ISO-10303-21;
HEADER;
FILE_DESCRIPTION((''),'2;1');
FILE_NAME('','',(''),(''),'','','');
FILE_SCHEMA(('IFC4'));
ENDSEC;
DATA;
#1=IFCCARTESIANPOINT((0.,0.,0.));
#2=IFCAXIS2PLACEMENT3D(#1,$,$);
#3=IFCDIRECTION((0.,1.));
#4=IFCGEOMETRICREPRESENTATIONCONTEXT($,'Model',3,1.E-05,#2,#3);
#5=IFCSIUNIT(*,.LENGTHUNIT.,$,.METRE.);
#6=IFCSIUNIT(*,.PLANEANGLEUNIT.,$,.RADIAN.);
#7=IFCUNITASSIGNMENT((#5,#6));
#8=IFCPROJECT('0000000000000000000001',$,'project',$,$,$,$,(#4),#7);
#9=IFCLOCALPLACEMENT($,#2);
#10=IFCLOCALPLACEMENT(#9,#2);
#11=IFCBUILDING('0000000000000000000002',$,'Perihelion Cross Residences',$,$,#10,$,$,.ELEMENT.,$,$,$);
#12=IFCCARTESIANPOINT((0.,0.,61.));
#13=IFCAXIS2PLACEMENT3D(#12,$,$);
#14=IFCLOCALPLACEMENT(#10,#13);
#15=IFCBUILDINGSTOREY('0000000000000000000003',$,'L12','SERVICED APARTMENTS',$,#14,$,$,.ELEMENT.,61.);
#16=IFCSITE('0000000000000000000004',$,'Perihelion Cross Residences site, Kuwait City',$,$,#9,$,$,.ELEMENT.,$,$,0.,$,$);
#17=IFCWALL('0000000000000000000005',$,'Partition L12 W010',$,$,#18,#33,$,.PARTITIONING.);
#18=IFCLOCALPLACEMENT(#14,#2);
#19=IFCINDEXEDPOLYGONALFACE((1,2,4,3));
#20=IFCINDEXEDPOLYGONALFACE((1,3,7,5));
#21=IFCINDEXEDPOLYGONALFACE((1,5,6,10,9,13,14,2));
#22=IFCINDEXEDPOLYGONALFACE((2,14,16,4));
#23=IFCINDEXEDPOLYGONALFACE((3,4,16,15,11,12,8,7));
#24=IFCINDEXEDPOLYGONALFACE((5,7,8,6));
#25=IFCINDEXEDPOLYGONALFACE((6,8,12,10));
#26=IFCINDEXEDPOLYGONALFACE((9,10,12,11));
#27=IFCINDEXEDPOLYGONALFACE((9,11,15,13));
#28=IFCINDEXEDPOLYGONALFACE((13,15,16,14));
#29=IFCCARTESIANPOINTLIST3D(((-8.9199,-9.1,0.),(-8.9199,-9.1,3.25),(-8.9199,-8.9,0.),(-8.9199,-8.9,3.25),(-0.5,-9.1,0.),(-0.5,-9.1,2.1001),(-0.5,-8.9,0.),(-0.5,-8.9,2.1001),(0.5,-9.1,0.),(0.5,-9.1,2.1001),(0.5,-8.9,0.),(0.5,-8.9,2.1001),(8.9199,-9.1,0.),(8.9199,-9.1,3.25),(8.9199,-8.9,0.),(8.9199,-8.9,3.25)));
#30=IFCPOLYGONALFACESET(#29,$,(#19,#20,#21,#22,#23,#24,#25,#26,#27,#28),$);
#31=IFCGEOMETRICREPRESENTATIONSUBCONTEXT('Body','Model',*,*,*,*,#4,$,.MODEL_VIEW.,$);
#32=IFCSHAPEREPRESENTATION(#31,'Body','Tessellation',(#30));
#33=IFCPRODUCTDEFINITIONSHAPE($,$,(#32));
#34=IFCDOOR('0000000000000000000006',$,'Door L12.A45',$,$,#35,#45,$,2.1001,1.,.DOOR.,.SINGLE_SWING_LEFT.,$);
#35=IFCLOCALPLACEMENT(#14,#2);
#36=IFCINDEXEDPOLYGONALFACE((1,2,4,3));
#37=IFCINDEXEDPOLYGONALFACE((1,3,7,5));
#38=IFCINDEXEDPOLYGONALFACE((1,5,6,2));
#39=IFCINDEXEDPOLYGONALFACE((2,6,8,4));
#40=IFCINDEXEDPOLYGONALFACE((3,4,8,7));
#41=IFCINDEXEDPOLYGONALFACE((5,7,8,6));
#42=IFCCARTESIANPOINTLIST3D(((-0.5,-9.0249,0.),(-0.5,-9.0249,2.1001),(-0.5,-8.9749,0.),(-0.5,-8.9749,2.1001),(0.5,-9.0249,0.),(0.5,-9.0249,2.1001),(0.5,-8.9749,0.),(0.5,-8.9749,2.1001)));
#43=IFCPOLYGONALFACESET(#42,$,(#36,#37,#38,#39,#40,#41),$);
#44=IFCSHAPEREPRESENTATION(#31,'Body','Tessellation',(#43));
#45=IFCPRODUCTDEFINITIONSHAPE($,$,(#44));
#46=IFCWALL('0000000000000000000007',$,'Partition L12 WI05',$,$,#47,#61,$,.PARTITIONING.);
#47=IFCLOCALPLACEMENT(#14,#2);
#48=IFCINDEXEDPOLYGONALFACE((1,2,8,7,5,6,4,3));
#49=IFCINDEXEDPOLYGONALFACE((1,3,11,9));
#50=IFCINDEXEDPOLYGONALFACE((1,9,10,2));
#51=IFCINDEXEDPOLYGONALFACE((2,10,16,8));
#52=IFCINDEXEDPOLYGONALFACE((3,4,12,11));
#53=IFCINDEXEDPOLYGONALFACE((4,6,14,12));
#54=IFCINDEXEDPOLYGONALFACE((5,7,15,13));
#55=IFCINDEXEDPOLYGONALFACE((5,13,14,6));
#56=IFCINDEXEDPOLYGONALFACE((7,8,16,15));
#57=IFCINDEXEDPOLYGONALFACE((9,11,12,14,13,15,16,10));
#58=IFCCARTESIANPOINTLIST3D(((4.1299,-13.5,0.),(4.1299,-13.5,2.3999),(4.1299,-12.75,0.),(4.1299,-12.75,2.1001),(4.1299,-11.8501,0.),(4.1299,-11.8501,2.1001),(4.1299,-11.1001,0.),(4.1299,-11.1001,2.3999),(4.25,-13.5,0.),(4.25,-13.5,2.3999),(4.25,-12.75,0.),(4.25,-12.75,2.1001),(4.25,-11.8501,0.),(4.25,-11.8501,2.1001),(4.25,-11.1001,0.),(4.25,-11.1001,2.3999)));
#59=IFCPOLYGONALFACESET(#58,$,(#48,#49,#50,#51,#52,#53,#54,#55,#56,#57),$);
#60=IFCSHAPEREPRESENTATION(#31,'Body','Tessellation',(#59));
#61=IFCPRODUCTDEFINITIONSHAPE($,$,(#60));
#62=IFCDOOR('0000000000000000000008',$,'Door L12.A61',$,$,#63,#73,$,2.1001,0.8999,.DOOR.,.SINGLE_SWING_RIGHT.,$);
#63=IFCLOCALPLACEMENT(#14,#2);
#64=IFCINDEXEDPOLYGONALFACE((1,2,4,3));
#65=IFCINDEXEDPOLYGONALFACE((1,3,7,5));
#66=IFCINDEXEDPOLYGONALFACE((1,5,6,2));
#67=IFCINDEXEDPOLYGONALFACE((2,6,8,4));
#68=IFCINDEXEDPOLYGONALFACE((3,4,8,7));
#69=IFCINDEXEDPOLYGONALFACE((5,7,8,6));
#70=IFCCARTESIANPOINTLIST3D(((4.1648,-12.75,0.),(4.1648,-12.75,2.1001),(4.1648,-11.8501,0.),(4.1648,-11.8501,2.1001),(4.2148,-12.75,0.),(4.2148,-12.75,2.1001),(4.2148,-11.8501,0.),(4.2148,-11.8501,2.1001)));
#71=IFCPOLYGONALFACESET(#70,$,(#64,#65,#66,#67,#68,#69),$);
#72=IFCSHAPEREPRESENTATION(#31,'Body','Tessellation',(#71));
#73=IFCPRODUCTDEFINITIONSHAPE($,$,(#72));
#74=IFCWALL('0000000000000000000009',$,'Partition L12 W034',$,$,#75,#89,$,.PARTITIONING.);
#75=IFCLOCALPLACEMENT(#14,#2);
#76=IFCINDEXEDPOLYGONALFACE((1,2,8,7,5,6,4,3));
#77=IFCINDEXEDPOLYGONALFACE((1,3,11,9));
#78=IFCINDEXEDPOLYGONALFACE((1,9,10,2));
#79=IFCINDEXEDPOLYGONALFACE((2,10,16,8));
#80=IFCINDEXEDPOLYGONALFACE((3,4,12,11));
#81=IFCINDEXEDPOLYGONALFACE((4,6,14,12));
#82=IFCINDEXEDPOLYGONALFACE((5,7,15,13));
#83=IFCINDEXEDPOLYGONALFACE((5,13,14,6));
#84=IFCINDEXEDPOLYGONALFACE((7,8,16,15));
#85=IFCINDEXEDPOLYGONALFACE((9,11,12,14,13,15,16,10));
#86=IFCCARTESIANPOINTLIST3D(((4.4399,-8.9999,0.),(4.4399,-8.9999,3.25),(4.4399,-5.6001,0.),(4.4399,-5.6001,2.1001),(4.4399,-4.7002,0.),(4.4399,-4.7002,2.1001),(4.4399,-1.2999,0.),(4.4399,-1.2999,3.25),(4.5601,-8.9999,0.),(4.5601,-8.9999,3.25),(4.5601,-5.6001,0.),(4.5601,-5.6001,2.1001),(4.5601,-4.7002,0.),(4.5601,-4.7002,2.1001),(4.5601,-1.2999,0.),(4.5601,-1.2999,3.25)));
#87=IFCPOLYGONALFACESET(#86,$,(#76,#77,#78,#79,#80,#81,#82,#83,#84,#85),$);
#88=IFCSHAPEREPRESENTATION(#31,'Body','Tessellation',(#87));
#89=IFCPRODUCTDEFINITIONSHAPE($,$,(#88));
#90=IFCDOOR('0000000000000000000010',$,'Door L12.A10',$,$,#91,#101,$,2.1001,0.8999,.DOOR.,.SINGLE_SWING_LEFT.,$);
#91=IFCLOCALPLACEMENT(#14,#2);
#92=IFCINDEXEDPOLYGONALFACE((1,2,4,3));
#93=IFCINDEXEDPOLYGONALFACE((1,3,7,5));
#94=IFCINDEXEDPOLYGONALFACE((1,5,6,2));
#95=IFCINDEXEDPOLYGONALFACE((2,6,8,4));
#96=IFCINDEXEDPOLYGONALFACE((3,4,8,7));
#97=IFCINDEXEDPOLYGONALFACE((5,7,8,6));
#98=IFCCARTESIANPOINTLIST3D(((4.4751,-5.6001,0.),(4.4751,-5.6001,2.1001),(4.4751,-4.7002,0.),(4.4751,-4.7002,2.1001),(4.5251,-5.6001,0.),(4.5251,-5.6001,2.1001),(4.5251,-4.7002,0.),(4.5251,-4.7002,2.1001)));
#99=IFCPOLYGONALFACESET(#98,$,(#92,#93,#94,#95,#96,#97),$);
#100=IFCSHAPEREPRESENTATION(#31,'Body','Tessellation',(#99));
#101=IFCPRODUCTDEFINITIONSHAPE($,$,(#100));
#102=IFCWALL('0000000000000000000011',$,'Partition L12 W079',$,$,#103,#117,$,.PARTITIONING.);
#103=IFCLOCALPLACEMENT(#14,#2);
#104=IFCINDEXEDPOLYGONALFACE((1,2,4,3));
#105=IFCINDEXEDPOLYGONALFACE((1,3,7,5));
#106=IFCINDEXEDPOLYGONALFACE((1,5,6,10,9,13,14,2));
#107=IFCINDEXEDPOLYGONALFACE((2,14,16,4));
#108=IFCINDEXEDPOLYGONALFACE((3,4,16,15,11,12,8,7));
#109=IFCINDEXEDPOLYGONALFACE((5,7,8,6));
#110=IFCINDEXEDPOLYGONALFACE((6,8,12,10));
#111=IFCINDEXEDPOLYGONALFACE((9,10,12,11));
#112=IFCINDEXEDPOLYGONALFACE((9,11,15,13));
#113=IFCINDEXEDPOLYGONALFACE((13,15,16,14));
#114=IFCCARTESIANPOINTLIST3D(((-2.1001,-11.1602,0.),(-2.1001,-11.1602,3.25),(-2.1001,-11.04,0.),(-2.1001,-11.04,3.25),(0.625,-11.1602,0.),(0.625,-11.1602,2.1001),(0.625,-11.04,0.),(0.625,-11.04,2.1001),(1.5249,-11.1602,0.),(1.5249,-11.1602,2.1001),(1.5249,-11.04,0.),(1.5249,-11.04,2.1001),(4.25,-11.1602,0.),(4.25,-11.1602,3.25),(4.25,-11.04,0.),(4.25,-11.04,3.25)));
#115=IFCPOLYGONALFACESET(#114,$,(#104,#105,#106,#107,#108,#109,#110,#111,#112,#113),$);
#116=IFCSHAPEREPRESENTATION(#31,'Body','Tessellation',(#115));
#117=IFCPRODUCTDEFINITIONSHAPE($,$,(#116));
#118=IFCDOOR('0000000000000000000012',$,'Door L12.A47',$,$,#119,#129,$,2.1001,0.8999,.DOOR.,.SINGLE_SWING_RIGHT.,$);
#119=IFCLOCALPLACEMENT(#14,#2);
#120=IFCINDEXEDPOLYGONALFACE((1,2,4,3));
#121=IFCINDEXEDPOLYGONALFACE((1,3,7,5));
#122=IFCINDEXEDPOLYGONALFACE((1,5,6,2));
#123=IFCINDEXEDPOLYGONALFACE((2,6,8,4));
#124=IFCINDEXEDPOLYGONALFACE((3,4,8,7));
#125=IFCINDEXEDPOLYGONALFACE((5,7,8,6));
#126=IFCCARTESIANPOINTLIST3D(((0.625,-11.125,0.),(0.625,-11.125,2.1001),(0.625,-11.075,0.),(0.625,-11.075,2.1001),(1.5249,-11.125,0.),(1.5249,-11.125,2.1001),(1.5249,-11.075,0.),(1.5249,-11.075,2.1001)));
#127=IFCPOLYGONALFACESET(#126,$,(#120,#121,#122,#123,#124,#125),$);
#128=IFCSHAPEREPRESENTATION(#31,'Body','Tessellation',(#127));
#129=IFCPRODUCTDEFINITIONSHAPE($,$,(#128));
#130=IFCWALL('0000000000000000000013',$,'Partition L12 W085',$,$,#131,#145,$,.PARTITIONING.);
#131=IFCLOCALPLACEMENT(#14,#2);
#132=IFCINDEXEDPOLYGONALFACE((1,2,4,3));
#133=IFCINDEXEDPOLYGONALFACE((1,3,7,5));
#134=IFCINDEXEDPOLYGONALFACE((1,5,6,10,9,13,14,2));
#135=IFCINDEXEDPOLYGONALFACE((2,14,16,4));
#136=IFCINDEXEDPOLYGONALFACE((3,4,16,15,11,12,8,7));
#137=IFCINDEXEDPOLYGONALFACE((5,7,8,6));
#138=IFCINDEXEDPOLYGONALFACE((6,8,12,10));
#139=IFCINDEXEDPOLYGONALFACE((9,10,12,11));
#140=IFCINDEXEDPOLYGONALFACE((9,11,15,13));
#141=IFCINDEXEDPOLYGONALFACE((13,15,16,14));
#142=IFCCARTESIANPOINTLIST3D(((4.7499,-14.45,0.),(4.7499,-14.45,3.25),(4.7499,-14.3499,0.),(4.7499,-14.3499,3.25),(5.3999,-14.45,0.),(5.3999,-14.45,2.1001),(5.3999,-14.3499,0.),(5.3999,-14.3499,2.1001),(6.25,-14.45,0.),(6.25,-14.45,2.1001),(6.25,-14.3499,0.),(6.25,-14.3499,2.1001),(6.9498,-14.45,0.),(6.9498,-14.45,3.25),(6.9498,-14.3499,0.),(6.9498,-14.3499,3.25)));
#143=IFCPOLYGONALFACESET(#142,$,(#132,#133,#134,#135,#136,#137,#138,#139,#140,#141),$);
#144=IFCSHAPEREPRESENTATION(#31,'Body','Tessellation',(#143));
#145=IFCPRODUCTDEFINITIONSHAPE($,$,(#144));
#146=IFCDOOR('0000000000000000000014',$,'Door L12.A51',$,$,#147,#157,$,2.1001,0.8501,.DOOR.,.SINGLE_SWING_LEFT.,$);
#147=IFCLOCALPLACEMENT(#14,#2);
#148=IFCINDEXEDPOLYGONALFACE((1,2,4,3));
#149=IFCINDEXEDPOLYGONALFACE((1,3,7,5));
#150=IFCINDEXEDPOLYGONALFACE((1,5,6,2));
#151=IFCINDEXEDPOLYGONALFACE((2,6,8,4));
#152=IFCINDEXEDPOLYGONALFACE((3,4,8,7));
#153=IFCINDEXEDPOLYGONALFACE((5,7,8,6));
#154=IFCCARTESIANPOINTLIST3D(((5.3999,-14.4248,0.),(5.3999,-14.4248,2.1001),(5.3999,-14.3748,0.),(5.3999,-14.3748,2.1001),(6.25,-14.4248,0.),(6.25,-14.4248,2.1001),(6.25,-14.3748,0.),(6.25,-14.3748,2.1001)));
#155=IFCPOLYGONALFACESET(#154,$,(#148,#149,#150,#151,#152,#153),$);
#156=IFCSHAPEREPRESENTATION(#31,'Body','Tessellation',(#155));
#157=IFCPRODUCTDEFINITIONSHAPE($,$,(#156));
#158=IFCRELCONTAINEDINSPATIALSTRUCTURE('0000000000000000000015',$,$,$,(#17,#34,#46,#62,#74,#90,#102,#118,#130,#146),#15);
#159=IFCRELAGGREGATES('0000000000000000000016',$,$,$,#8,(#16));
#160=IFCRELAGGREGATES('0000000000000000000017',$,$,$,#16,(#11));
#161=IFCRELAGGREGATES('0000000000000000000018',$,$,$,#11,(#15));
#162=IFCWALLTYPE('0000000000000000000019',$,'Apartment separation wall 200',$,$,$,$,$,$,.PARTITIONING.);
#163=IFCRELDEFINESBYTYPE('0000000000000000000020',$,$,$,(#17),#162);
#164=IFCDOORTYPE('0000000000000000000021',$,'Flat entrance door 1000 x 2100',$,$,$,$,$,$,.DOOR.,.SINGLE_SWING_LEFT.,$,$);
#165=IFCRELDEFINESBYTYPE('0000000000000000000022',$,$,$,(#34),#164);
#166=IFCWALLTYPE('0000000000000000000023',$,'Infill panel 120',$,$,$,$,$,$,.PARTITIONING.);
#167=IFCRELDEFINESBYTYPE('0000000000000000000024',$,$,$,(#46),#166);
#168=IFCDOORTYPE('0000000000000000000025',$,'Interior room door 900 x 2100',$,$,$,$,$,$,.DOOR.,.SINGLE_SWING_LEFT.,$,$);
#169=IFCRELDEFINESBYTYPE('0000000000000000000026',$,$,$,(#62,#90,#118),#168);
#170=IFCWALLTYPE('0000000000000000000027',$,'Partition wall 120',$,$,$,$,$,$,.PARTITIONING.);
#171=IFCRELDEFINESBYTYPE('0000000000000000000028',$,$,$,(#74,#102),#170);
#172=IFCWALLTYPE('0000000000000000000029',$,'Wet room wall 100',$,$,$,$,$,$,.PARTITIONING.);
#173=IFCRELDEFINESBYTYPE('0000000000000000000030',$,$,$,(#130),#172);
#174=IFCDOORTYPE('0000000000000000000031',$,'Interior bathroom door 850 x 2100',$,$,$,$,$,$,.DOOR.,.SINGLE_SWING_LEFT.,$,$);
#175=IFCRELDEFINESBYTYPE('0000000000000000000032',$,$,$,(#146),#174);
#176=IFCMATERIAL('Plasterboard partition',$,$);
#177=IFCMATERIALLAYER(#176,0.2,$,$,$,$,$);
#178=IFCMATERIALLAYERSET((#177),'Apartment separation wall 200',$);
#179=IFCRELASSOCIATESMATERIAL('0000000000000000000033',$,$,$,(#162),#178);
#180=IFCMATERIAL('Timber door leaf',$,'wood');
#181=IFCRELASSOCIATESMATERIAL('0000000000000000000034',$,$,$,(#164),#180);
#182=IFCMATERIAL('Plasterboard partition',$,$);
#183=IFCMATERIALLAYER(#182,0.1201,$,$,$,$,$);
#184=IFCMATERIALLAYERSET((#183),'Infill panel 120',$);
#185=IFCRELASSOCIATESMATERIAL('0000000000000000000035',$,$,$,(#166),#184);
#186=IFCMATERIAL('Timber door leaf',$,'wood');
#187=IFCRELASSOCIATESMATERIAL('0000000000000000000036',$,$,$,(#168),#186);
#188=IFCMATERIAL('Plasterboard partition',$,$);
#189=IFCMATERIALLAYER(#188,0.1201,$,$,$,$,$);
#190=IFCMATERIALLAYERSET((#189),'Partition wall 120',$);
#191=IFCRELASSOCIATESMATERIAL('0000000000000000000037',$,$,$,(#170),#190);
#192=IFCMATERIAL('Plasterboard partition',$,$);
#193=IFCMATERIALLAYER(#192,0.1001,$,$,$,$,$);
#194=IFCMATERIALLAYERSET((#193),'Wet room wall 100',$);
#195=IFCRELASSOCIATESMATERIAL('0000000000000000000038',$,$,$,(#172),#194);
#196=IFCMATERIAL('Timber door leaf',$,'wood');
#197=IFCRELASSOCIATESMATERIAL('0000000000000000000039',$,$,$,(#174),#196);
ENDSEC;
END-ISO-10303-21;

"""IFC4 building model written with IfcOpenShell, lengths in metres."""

from ifc_helpers import new_model, si_unit, direction, frame, frame_2d, origin, place, context, subcontext, project, spatial, rectangle, extrude, material, layer, layer_set, type_object, element, fill, save


model = new_model("IFC4")

# Units and contexts
model_context = context("Model", 3, precision=1e-05, world=origin(), true_north=direction((0.0, 1.0)))
body_context = subcontext(model_context, "Body", "Model", "MODEL_VIEW")
ifc_project = project(units=[si_unit("LENGTHUNIT", "METRE"), si_unit("PLANEANGLEUNIT", "RADIAN")], contexts=[model_context])

# Site, building, storey
site_placement = place(None, origin())
site = spatial("IfcSite", under=ifc_project, at=site_placement, Name="Perihelion Cross Residences site, Kuwait City", CompositionType="ELEMENT", RefElevation=0.0)
building_placement = place(site_placement, origin())
building = spatial("IfcBuilding", under=site, at=building_placement, Name="Perihelion Cross Residences", CompositionType="ELEMENT")
storey_placement = place(building_placement, frame((0.0, 0.0, 61.0)))
storey = spatial("IfcBuildingStorey", under=building, at=storey_placement, Name="L12", Description="SERVICED APARTMENTS", CompositionType="ELEMENT", Elevation=61.0)

# Shared definitions
ifc_material_1 = material(Name="Plasterboard partition")
ifc_layer_1 = layer(ifc_material_1, 0.2)
ifc_layer_set_1 = layer_set([ifc_layer_1], Name="Apartment separation wall 200")
wall_type_1 = type_object("IfcWallType", Name="Apartment separation wall 200", PredefinedType="PARTITIONING", material=ifc_layer_set_1)

# Walls, openings, doors
wall_1_placement = place(storey_placement, frame((8.9199, -9.0, 0.0), z_axis=(0.0, 0.0, 1.0), x_axis=(-1.0, 0.0, 0.0)))
wall_1 = element("IfcWall", 1, at=wall_1_placement, inside=storey, type_object=wall_type_1, Name="Partition L12 W010", PredefinedType="PARTITIONING", context=body_context, shape_type="SweptSolid", body=[
    extrude(rectangle(XDim=17.8398, YDim=0.2, at=frame_2d((8.9199, 0.0))), origin(), (0.0, 0.0, 1.0), 3.25),
])
opening_1_placement = place(wall_1_placement, frame((8.4199, 0.0, 0.0)))
opening_1 = element("IfcOpeningElement", 2, at=opening_1_placement, cuts=wall_1, PredefinedType="OPENING", context=body_context, shape_type="SweptSolid", body=[
    extrude(rectangle(XDim=1.0, YDim=2.1001, at=frame_2d((0.5, 1.05))), frame((0.0, 0.1099, 0.0), z_axis=(0.0, -1.0, 0.0), x_axis=(1.0, 0.0, 0.0)), (0.0, 0.0, 1.0), 0.22),
])
ifc_material_2 = material(Name="Timber door leaf", Category="wood")
door_type_1 = type_object("IfcDoorType", Name="Flat entrance door 1000 x 2100", OperationType="SINGLE_SWING_LEFT", PredefinedType="DOOR", material=ifc_material_2)
door_1_placement = place(opening_1_placement, origin())
door_1 = element("IfcDoor", 3, at=door_1_placement, inside=storey, type_object=door_type_1, Name="Door L12.A45", OperationType="SINGLE_SWING_LEFT", OverallHeight=2.1001, OverallWidth=1.0, PredefinedType="DOOR", context=body_context, shape_type="SweptSolid", body=[
    extrude(rectangle(XDim=1.0, YDim=2.1001, at=frame_2d((0.5, 1.05))), frame((0.0, 0.0249, 0.0), z_axis=(0.0, -1.0, 0.0), x_axis=(1.0, 0.0, 0.0)), (0.0, 0.0, 1.0), 0.05),
])
fill(opening_1, door_1)
ifc_material_3 = material(Name="Plasterboard partition")
ifc_layer_2 = layer(ifc_material_3, 0.1201)
ifc_layer_set_2 = layer_set([ifc_layer_2], Name="Infill panel 120")
wall_type_2 = type_object("IfcWallType", Name="Infill panel 120", PredefinedType="PARTITIONING", material=ifc_layer_set_2)
wall_2_placement = place(storey_placement, frame((4.1899, -11.1001, 0.0), z_axis=(0.0, 0.0, 1.0), x_axis=(0.0, -1.0, 0.0)))
wall_2 = element("IfcWall", 4, at=wall_2_placement, inside=storey, type_object=wall_type_2, Name="Partition L12 WI05", PredefinedType="PARTITIONING", context=body_context, shape_type="SweptSolid", body=[
    extrude(rectangle(XDim=2.3999, YDim=0.1201, at=frame_2d((1.2, 0.0))), origin(), (0.0, 0.0, 1.0), 2.3999),
])
opening_2_placement = place(wall_2_placement, frame((0.75, 0.0, 0.0)))
opening_2 = element("IfcOpeningElement", 5, at=opening_2_placement, cuts=wall_2, PredefinedType="OPENING", context=body_context, shape_type="SweptSolid", body=[
    extrude(rectangle(XDim=0.8999, YDim=2.1001, at=frame_2d((0.45, 1.05))), frame((0.0, 0.0701, 0.0), z_axis=(0.0, -1.0, 0.0), x_axis=(1.0, 0.0, 0.0)), (0.0, 0.0, 1.0), 0.1401),
])
ifc_material_4 = material(Name="Timber door leaf", Category="wood")
door_type_2 = type_object("IfcDoorType", Name="Interior room door 900 x 2100", OperationType="SINGLE_SWING_LEFT", PredefinedType="DOOR", material=ifc_material_4)
door_2_placement = place(opening_2_placement, origin())
door_2 = element("IfcDoor", 6, at=door_2_placement, inside=storey, type_object=door_type_2, Name="Door L12.A61", OperationType="SINGLE_SWING_RIGHT", OverallHeight=2.1001, OverallWidth=0.8999, PredefinedType="DOOR", context=body_context, shape_type="SweptSolid", body=[
    extrude(rectangle(XDim=0.8999, YDim=2.1001, at=frame_2d((0.45, 1.05))), frame((0.0, 0.0249, 0.0), z_axis=(0.0, -1.0, 0.0), x_axis=(1.0, 0.0, 0.0)), (0.0, 0.0, 1.0), 0.05),
])
fill(opening_2, door_2)
ifc_material_5 = material(Name="Plasterboard partition")
ifc_layer_3 = layer(ifc_material_5, 0.1201)
ifc_layer_set_3 = layer_set([ifc_layer_3], Name="Partition wall 120")
wall_type_3 = type_object("IfcWallType", Name="Partition wall 120", PredefinedType="PARTITIONING", material=ifc_layer_set_3)
wall_3_placement = place(storey_placement, frame((4.5, -9.0, 0.0), z_axis=(0.0, 0.0, 1.0), x_axis=(0.0, 1.0, 0.0)))
wall_3 = element("IfcWall", 7, at=wall_3_placement, inside=storey, type_object=wall_type_3, Name="Partition L12 W034", PredefinedType="PARTITIONING", context=body_context, shape_type="SweptSolid", body=[
    extrude(rectangle(XDim=7.7, YDim=0.1201, at=frame_2d((3.8501, 0.0))), origin(), (0.0, 0.0, 1.0), 3.25),
])
opening_3_placement = place(wall_3_placement, frame((3.3999, 0.0, 0.0)))
opening_3 = element("IfcOpeningElement", 8, at=opening_3_placement, cuts=wall_3, PredefinedType="OPENING", context=body_context, shape_type="SweptSolid", body=[
    extrude(rectangle(XDim=0.8999, YDim=2.1001, at=frame_2d((0.45, 1.05))), frame((0.0, 0.0701, 0.0), z_axis=(0.0, -1.0, 0.0), x_axis=(1.0, 0.0, 0.0)), (0.0, 0.0, 1.0), 0.1401),
])
door_3_placement = place(opening_3_placement, origin())
door_3 = element("IfcDoor", 9, at=door_3_placement, inside=storey, type_object=door_type_2, Name="Door L12.A10", OperationType="SINGLE_SWING_LEFT", OverallHeight=2.1001, OverallWidth=0.8999, PredefinedType="DOOR", context=body_context, shape_type="SweptSolid", body=[
    extrude(rectangle(XDim=0.8999, YDim=2.1001, at=frame_2d((0.45, 1.05))), frame((0.0, 0.0249, 0.0), z_axis=(0.0, -1.0, 0.0), x_axis=(1.0, 0.0, 0.0)), (0.0, 0.0, 1.0), 0.05),
])
fill(opening_3, door_3)
wall_4_placement = place(storey_placement, frame((4.25, -11.1001, 0.0), z_axis=(0.0, 0.0, 1.0), x_axis=(-1.0, 0.0, 0.0)))
wall_4 = element("IfcWall", 10, at=wall_4_placement, inside=storey, type_object=wall_type_3, Name="Partition L12 W079", PredefinedType="PARTITIONING", context=body_context, shape_type="SweptSolid", body=[
    extrude(rectangle(XDim=6.3501, YDim=0.1201, at=frame_2d((3.175, 0.0))), origin(), (0.0, 0.0, 1.0), 3.25),
])
opening_4_placement = place(wall_4_placement, frame((2.7251, 0.0, 0.0)))
opening_4 = element("IfcOpeningElement", 11, at=opening_4_placement, cuts=wall_4, PredefinedType="OPENING", context=body_context, shape_type="SweptSolid", body=[
    extrude(rectangle(XDim=0.8999, YDim=2.1001, at=frame_2d((0.45, 1.05))), frame((0.0, 0.0701, 0.0), z_axis=(0.0, -1.0, 0.0), x_axis=(1.0, 0.0, 0.0)), (0.0, 0.0, 1.0), 0.1401),
])
door_4_placement = place(opening_4_placement, origin())
door_4 = element("IfcDoor", 12, at=door_4_placement, inside=storey, type_object=door_type_2, Name="Door L12.A47", OperationType="SINGLE_SWING_RIGHT", OverallHeight=2.1001, OverallWidth=0.8999, PredefinedType="DOOR", context=body_context, shape_type="SweptSolid", body=[
    extrude(rectangle(XDim=0.8999, YDim=2.1001, at=frame_2d((0.45, 1.05))), frame((0.0, 0.0249, 0.0), z_axis=(0.0, -1.0, 0.0), x_axis=(1.0, 0.0, 0.0)), (0.0, 0.0, 1.0), 0.05),
])
fill(opening_4, door_4)
ifc_material_6 = material(Name="Plasterboard partition")
ifc_layer_4 = layer(ifc_material_6, 0.1001)
ifc_layer_set_4 = layer_set([ifc_layer_4], Name="Wet room wall 100")
wall_type_4 = type_object("IfcWallType", Name="Wet room wall 100", PredefinedType="PARTITIONING", material=ifc_layer_set_4)
wall_5_placement = place(storey_placement, frame((6.95, -14.3999, 0.0), z_axis=(0.0, 0.0, 1.0), x_axis=(-1.0, 0.0, 0.0)))
wall_5 = element("IfcWall", 13, at=wall_5_placement, inside=storey, type_object=wall_type_4, Name="Partition L12 W085", PredefinedType="PARTITIONING", context=body_context, shape_type="SweptSolid", body=[
    extrude(rectangle(XDim=2.2, YDim=0.1001, at=frame_2d((1.1001, 0.0))), origin(), (0.0, 0.0, 1.0), 3.25),
])
opening_5_placement = place(wall_5_placement, frame((0.7, 0.0, 0.0)))
opening_5 = element("IfcOpeningElement", 14, at=opening_5_placement, cuts=wall_5, PredefinedType="OPENING", context=body_context, shape_type="SweptSolid", body=[
    extrude(rectangle(XDim=0.8501, YDim=2.1001, at=frame_2d((0.425, 1.05))), frame((0.0, 0.0601, 0.0), z_axis=(0.0, -1.0, 0.0), x_axis=(1.0, 0.0, 0.0)), (0.0, 0.0, 1.0), 0.1201),
])
ifc_material_7 = material(Name="Timber door leaf", Category="wood")
door_type_3 = type_object("IfcDoorType", Name="Interior bathroom door 850 x 2100", OperationType="SINGLE_SWING_LEFT", PredefinedType="DOOR", material=ifc_material_7)
door_5_placement = place(opening_5_placement, origin())
door_5 = element("IfcDoor", 15, at=door_5_placement, inside=storey, type_object=door_type_3, Name="Door L12.A51", OperationType="SINGLE_SWING_LEFT", OverallHeight=2.1001, OverallWidth=0.8501, PredefinedType="DOOR", context=body_context, shape_type="SweptSolid", body=[
    extrude(rectangle(XDim=0.8501, YDim=2.1001, at=frame_2d((0.425, 1.05))), frame((0.0, 0.0249, 0.0), z_axis=(0.0, -1.0, 0.0), x_axis=(1.0, 0.0, 0.0)), (0.0, 0.0, 1.0), 0.05),
])
fill(opening_5, door_5)

save(model, "model.ifc")
